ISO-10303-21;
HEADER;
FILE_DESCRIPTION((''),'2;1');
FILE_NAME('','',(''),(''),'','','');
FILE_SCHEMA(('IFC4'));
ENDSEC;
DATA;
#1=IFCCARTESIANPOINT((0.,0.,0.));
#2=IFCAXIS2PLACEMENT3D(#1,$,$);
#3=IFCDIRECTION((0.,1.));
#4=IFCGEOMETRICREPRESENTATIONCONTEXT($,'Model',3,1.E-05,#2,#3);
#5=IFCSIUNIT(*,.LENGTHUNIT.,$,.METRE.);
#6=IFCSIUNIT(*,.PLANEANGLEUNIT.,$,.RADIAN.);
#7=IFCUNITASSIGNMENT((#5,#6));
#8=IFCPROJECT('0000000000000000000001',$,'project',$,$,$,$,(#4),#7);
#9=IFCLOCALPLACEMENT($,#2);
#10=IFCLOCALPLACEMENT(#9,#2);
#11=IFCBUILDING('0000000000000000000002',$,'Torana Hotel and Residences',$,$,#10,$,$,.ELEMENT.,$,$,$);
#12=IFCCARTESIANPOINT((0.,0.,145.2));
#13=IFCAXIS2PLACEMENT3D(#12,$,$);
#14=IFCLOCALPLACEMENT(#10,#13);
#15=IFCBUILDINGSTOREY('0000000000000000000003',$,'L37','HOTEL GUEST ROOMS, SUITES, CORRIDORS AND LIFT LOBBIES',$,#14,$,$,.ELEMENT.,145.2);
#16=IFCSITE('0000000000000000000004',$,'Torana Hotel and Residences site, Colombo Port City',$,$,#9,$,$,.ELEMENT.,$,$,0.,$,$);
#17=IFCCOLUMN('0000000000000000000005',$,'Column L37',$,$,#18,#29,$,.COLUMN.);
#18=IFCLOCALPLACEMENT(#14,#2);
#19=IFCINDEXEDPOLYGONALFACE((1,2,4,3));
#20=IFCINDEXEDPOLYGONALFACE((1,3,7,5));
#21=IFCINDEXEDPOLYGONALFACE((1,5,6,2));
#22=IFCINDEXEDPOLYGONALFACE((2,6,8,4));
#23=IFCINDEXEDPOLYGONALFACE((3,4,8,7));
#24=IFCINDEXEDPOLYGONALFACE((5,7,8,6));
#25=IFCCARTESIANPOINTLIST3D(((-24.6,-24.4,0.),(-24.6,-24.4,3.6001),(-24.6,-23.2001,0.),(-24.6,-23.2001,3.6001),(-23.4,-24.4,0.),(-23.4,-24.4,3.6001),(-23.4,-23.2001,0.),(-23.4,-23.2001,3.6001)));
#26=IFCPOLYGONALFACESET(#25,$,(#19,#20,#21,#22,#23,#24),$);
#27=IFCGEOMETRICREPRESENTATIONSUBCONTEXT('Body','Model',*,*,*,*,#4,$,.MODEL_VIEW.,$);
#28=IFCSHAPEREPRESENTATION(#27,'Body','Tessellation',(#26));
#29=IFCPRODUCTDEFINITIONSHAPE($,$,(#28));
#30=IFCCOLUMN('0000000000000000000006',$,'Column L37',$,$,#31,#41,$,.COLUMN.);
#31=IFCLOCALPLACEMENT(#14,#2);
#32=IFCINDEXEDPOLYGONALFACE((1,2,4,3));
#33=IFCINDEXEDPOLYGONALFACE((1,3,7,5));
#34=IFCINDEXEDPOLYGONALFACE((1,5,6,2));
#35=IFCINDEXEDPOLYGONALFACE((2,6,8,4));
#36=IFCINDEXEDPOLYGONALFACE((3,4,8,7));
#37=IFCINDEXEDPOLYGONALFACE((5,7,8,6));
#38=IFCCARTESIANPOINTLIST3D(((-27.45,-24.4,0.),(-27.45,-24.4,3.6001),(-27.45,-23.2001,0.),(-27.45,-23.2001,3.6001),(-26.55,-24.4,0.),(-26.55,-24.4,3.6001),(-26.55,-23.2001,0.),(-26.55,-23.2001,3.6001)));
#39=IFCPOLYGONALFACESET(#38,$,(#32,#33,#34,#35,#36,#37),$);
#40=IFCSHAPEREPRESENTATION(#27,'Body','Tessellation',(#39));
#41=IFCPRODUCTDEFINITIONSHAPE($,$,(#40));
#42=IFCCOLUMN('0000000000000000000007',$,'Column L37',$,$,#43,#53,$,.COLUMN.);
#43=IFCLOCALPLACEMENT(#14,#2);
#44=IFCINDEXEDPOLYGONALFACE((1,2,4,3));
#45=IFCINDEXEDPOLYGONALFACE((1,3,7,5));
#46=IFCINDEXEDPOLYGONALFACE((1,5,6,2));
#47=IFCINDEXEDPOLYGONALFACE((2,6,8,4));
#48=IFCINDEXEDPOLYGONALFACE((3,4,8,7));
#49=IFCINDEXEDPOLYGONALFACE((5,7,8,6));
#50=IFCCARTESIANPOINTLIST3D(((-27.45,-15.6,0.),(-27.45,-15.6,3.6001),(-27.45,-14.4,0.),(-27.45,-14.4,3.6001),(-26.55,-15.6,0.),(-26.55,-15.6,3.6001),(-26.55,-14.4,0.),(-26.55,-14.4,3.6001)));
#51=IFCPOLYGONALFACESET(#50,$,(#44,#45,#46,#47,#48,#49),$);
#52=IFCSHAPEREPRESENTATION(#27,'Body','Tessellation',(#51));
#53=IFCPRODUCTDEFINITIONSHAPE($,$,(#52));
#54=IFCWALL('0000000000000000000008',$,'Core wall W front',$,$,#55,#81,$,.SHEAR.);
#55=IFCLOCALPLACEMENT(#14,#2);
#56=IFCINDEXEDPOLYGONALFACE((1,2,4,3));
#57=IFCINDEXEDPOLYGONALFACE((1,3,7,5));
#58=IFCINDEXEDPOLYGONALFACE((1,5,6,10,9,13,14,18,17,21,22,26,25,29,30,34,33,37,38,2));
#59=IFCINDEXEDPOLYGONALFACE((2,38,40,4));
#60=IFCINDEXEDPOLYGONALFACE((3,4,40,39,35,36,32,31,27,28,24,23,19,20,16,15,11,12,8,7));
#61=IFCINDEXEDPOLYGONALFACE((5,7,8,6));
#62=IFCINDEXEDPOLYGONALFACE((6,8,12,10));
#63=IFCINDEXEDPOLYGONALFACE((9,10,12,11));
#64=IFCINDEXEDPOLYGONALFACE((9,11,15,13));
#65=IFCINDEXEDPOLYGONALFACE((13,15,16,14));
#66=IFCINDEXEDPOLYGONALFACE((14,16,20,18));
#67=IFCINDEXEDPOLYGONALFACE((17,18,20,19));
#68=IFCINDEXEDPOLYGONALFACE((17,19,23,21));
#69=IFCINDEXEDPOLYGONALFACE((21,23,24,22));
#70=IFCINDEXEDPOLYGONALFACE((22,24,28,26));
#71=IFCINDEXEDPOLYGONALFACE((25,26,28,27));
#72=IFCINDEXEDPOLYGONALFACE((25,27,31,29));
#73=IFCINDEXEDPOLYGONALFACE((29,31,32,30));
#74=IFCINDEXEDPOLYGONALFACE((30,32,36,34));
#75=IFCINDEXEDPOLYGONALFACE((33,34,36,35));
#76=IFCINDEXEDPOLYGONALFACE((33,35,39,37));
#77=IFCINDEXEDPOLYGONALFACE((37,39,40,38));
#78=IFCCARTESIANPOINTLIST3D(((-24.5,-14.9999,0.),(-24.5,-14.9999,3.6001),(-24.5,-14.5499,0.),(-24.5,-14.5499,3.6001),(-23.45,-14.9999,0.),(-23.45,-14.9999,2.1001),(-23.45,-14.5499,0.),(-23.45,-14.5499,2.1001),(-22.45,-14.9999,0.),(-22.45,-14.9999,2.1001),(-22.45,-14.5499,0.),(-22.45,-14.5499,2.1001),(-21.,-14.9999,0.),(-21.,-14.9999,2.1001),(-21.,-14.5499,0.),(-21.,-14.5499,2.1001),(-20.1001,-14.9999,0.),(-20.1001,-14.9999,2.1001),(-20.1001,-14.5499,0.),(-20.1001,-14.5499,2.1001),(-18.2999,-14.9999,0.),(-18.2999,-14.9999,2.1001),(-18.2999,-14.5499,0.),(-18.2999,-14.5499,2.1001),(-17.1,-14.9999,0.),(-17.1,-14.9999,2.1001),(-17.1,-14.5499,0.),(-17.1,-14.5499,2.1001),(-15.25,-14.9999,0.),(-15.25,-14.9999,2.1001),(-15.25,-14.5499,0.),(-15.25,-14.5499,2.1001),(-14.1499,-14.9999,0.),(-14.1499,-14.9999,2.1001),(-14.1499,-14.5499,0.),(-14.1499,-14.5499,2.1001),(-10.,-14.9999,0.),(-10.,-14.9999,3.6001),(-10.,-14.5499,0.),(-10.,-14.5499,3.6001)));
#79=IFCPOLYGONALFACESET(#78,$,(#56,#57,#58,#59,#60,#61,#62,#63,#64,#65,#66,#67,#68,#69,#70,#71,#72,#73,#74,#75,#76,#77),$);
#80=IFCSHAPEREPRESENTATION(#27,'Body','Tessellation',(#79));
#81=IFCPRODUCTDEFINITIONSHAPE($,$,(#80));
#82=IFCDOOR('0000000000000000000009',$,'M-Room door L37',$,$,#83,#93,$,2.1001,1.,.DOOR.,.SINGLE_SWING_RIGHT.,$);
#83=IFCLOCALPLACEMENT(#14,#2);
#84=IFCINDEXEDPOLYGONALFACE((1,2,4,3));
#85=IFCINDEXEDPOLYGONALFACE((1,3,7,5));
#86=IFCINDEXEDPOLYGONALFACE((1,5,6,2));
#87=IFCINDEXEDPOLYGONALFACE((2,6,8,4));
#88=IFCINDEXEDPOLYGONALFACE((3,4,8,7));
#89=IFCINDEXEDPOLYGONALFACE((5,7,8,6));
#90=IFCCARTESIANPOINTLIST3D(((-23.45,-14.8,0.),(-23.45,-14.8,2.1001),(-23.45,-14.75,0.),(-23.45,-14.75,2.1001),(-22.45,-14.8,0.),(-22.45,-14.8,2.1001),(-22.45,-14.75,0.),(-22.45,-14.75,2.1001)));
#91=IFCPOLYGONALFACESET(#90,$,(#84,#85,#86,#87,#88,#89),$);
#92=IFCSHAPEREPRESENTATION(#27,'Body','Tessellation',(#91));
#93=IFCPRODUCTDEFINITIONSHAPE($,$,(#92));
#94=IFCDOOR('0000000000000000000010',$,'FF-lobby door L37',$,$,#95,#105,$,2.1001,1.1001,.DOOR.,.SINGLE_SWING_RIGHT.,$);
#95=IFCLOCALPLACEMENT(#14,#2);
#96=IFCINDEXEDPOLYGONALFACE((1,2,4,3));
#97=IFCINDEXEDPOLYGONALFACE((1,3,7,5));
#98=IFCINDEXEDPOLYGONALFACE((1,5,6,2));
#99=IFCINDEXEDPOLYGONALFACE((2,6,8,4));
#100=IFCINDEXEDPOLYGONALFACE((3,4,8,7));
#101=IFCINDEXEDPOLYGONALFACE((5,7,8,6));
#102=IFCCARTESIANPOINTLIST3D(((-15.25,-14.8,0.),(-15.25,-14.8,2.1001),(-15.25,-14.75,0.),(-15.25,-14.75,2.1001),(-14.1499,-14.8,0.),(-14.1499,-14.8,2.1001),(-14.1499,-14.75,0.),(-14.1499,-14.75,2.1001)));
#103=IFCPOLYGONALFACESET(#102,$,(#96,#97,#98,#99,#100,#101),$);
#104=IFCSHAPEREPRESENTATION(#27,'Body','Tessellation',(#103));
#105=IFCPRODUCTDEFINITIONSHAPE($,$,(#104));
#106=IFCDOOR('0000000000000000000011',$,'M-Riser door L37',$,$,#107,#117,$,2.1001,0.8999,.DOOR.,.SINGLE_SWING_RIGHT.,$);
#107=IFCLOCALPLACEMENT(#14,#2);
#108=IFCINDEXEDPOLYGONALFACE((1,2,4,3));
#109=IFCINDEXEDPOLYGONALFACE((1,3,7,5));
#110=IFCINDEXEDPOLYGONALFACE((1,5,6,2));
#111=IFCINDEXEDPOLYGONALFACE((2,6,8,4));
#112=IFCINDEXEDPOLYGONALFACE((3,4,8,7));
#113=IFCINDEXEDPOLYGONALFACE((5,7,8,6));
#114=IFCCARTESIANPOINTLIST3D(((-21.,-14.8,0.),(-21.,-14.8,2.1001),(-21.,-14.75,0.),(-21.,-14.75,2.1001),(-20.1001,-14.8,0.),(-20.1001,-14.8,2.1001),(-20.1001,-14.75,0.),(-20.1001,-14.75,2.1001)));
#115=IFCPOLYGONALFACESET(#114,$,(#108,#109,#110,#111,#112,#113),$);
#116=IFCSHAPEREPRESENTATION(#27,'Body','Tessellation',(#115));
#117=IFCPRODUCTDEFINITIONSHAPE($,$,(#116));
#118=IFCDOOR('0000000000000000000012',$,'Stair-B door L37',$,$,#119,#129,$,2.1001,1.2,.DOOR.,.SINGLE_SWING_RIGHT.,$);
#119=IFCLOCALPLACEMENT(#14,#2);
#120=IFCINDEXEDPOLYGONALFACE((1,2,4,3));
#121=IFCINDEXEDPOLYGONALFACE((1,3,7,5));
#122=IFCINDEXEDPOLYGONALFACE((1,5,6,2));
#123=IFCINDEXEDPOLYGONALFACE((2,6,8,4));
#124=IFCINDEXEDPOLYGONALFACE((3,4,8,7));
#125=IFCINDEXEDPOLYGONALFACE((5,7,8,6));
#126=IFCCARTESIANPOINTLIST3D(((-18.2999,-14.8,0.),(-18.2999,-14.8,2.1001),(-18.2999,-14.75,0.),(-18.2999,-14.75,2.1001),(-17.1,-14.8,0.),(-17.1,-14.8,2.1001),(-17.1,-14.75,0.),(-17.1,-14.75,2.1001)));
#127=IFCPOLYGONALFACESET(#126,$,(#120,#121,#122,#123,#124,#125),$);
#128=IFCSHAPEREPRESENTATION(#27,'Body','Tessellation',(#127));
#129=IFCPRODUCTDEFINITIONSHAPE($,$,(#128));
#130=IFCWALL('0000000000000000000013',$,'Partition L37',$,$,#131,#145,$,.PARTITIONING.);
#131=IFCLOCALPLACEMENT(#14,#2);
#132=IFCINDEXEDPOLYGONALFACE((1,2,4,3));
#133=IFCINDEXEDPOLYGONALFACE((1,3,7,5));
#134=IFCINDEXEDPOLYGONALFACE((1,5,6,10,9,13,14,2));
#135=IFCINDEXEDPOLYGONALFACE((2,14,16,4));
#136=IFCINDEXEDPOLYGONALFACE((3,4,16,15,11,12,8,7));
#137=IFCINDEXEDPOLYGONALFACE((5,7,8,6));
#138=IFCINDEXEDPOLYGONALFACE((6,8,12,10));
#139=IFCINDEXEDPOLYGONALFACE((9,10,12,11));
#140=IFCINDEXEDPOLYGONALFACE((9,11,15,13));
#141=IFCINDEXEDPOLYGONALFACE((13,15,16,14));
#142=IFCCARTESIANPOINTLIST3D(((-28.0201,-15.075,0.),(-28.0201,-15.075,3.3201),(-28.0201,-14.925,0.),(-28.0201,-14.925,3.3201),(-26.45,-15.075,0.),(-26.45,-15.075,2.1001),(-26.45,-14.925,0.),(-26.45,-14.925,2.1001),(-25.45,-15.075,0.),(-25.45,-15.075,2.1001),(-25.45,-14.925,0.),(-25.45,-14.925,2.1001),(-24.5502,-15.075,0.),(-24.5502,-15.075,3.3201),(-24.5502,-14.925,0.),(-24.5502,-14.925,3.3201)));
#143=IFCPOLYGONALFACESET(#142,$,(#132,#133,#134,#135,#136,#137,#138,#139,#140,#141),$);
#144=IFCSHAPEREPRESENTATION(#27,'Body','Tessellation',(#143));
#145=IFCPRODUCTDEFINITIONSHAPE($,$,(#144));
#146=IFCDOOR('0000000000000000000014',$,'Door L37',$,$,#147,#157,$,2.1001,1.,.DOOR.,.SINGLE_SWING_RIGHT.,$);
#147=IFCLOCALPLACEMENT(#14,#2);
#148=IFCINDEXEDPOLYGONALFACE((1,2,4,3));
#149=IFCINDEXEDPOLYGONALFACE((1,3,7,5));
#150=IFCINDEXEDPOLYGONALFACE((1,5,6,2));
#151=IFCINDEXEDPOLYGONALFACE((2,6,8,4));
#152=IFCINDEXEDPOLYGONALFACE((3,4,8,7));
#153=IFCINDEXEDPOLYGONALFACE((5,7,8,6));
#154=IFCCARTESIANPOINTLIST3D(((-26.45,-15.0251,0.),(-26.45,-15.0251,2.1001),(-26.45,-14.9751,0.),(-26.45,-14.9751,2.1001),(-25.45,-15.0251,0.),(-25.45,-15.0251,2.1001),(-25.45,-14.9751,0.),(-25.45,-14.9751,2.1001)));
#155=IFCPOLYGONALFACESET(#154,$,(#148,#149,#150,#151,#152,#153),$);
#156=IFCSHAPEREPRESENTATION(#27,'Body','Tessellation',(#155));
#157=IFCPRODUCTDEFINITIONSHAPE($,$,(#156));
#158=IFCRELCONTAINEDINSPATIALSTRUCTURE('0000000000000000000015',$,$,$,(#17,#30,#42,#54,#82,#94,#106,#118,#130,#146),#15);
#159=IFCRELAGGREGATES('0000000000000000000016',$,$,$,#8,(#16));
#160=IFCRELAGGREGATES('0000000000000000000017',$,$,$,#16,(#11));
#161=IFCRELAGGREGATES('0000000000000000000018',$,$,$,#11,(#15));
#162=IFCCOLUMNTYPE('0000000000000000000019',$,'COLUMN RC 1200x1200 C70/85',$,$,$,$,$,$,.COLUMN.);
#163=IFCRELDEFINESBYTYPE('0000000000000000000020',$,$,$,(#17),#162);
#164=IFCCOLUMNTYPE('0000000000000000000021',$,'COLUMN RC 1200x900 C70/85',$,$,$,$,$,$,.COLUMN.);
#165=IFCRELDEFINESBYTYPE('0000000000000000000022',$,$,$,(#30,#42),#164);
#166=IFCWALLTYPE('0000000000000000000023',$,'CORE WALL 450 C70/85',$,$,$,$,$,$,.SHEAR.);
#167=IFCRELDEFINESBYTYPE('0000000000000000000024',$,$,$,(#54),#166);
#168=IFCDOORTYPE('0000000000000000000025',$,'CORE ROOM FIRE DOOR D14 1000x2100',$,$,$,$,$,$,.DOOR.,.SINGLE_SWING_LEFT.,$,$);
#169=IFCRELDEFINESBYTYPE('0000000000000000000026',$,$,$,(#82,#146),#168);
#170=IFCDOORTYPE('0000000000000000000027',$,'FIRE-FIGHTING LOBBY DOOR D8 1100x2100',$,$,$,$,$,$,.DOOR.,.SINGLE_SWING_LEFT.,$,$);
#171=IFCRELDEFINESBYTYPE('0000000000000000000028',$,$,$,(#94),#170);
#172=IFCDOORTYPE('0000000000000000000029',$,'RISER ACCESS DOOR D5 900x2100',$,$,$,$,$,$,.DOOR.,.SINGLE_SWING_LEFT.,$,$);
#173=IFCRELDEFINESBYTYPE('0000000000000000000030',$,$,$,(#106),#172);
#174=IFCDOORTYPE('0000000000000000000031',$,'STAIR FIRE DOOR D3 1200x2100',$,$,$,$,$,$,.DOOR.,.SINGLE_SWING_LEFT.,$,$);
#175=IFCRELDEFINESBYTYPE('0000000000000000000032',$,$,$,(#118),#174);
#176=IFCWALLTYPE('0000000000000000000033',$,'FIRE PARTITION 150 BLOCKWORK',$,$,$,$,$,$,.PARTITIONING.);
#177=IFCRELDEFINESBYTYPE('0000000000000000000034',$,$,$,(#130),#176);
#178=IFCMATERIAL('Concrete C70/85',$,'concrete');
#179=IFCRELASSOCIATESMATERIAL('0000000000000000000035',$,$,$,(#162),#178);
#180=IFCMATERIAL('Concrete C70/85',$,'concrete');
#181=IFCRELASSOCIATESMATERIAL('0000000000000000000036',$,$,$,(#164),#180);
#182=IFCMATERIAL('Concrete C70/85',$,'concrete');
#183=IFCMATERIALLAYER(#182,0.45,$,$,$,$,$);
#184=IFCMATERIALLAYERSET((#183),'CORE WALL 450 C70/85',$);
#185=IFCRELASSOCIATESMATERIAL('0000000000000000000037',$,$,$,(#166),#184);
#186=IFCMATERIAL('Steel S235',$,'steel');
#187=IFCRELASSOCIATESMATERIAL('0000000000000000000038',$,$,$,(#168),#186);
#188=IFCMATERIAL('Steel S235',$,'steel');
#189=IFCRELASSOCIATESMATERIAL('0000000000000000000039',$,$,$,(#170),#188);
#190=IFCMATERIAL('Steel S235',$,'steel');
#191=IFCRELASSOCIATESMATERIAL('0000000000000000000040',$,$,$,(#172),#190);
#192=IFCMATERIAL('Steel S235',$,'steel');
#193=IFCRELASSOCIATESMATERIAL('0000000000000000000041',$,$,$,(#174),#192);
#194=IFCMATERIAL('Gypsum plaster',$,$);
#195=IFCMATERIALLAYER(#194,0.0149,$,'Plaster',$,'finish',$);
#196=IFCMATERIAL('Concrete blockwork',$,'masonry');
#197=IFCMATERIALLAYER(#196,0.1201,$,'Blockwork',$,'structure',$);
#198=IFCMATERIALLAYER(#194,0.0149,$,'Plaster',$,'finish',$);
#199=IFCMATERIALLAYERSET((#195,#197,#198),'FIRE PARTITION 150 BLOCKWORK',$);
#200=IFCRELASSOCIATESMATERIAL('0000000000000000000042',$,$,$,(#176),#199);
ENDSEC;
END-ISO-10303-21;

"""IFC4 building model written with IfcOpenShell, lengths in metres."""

from ifc_helpers import new_model, si_unit, direction, frame, frame_2d, origin, origin_2d, place, context, subcontext, project, spatial, rectangle, extrude, material, layer, layer_set, material_profile, profile_set, type_object, element, fill, save


model = new_model("IFC4")

# Units and contexts
model_context = context("Model", 3, precision=1e-05, world=origin(), true_north=direction((0.0, 1.0)))
body_context = subcontext(model_context, "Body", "Model", "MODEL_VIEW")
ifc_project = project(units=[si_unit("LENGTHUNIT", "METRE"), si_unit("PLANEANGLEUNIT", "RADIAN")], contexts=[model_context])

# Site, building, storey
site_placement = place(None, origin())
site = spatial("IfcSite", under=ifc_project, at=site_placement, Name="Torana Hotel and Residences site, Colombo Port City", CompositionType="ELEMENT", RefElevation=0.0)
building_placement = place(site_placement, origin())
building = spatial("IfcBuilding", under=site, at=building_placement, Name="Torana Hotel and Residences", CompositionType="ELEMENT")
storey_placement = place(building_placement, frame((0.0, 0.0, 145.2)))
storey = spatial("IfcBuildingStorey", under=building, at=storey_placement, Name="L37", Description="HOTEL GUEST ROOMS, SUITES, CORRIDORS AND LIFT LOBBIES", CompositionType="ELEMENT", Elevation=145.2)

# Columns
ifc_material_1 = material(Name="Concrete C70/85", Category="concrete")
ifc_material_profile_1 = material_profile(ifc_material_1, rectangle(XDim=1.2, YDim=1.2, at=origin_2d()), Name="RC 1200x1200")
ifc_profile_set_1 = profile_set([ifc_material_profile_1], Name="Concrete C70/85")
column_type_1 = type_object("IfcColumnType", Name="COLUMN RC 1200x1200 C70/85", PredefinedType="COLUMN", material=ifc_profile_set_1)
column_placement = place(storey_placement, frame((-24.0, -23.8, 0.0), z_axis=(0.0, 0.0, 1.0), x_axis=(1.0, 0.0, 0.0)))
element("IfcColumn", 1, at=column_placement, inside=storey, type_object=column_type_1, Name="Column L37", PredefinedType="COLUMN", context=body_context, shape_type="SweptSolid", body=[
    extrude(rectangle(XDim=1.2, YDim=1.2, at=origin_2d()), origin(), (0.0, 0.0, 1.0), 3.6001),
])
ifc_material_2 = material(Name="Concrete C70/85", Category="concrete")
ifc_material_profile_2 = material_profile(ifc_material_2, rectangle(XDim=1.2, YDim=0.8999, at=origin_2d()), Name="RC 1200x900")
ifc_profile_set_2 = profile_set([ifc_material_profile_2], Name="Concrete C70/85")
column_type_2 = type_object("IfcColumnType", Name="COLUMN RC 1200x900 C70/85", PredefinedType="COLUMN", material=ifc_profile_set_2)
for number, where, z_axis, x_axis, name in (
    (2, (-27.0, -23.8, 0.0), (0.0, 0.0, 1.0), (0.0, 1.0, 0.0), "Column L37"),
    (3, (-27.0, -15.0, 0.0), (0.0, 0.0, 1.0), (0.0, 1.0, 0.0), "Column L37"),
):
    element("IfcColumn", number, at=place(storey_placement, frame(where, z_axis=z_axis, x_axis=x_axis)), inside=storey, type_object=column_type_2, Name=name, PredefinedType="COLUMN", context=body_context, shape_type="SweptSolid", body=[
        extrude(rectangle(XDim=1.2, YDim=0.8999, at=origin_2d()), origin(), (0.0, 0.0, 1.0), 3.6001),
    ])

# Wall, openings, doors
ifc_material_3 = material(Name="Concrete C70/85", Category="concrete")
ifc_layer_1 = layer(ifc_material_3, 0.45)
ifc_layer_set_1 = layer_set([ifc_layer_1], Name="CORE WALL 450 C70/85")
wall_type_1 = type_object("IfcWallType", Name="CORE WALL 450 C70/85", PredefinedType="SHEAR", material=ifc_layer_set_1)
wall_1_placement = place(storey_placement, frame((-24.5, -14.7749, 0.0), z_axis=(0.0, 0.0, 1.0), x_axis=(1.0, 0.0, 0.0)))
wall_1 = element("IfcWall", 4, at=wall_1_placement, inside=storey, type_object=wall_type_1, Name="Core wall W front", PredefinedType="SHEAR", context=body_context, shape_type="SweptSolid", body=[
    extrude(rectangle(XDim=14.5, YDim=0.45, at=frame_2d((7.25, 0.0))), origin(), (0.0, 0.0, 1.0), 3.6001),
])
opening_1_placement = place(wall_1_placement, frame((6.2, 0.0, 0.0)))
opening_1 = element("IfcOpeningElement", 5, at=opening_1_placement, cuts=wall_1, PredefinedType="OPENING", context=body_context, shape_type="SweptSolid", body=[
    extrude(rectangle(XDim=1.2, YDim=2.1001, at=frame_2d((0.6001, 1.05))), frame((0.0, 0.2349, 0.0), z_axis=(0.0, -1.0, 0.0), x_axis=(1.0, 0.0, 0.0)), (0.0, 0.0, 1.0), 0.47),
])
opening_2_placement = place(wall_1_placement, frame((9.25, 0.0, 0.0)))
opening_2 = element("IfcOpeningElement", 6, at=opening_2_placement, cuts=wall_1, PredefinedType="OPENING", context=body_context, shape_type="SweptSolid", body=[
    extrude(rectangle(XDim=1.1001, YDim=2.1001, at=frame_2d((0.55, 1.05))), frame((0.0, 0.2349, 0.0), z_axis=(0.0, -1.0, 0.0), x_axis=(1.0, 0.0, 0.0)), (0.0, 0.0, 1.0), 0.47),
])
opening_3_placement = place(wall_1_placement, frame((3.5, 0.0, 0.0)))
opening_3 = element("IfcOpeningElement", 7, at=opening_3_placement, cuts=wall_1, PredefinedType="OPENING", context=body_context, shape_type="SweptSolid", body=[
    extrude(rectangle(XDim=0.8999, YDim=2.1001, at=frame_2d((0.45, 1.05))), frame((0.0, 0.2349, 0.0), z_axis=(0.0, -1.0, 0.0), x_axis=(1.0, 0.0, 0.0)), (0.0, 0.0, 1.0), 0.47),
])
opening_4_placement = place(wall_1_placement, frame((1.05, 0.0, 0.0)))
opening_4 = element("IfcOpeningElement", 8, at=opening_4_placement, cuts=wall_1, PredefinedType="OPENING", context=body_context, shape_type="SweptSolid", body=[
    extrude(rectangle(XDim=1.0, YDim=2.1001, at=frame_2d((0.5, 1.05))), frame((0.0, 0.2349, 0.0), z_axis=(0.0, -1.0, 0.0), x_axis=(1.0, 0.0, 0.0)), (0.0, 0.0, 1.0), 0.47),
])
ifc_material_4 = material(Name="Steel S235", Category="steel")
door_type_1 = type_object("IfcDoorType", Name="CORE ROOM FIRE DOOR D14 1000x2100", OperationType="SINGLE_SWING_LEFT", PredefinedType="DOOR", material=ifc_material_4)
door_1_placement = place(opening_4_placement, origin())
door_1 = element("IfcDoor", 9, at=door_1_placement, inside=storey, type_object=door_type_1, Name="M-Room door L37", OperationType="SINGLE_SWING_RIGHT", OverallHeight=2.1001, OverallWidth=1.0, PredefinedType="DOOR", context=body_context, shape_type="SweptSolid", body=[
    extrude(rectangle(XDim=1.0, YDim=2.1001, at=frame_2d((0.5, 1.05))), frame((0.0, 0.0249, 0.0), z_axis=(0.0, -1.0, 0.0), x_axis=(1.0, 0.0, 0.0)), (0.0, 0.0, 1.0), 0.05),
])
fill(opening_4, door_1)
ifc_material_5 = material(Name="Steel S235", Category="steel")
door_type_2 = type_object("IfcDoorType", Name="FIRE-FIGHTING LOBBY DOOR D8 1100x2100", OperationType="SINGLE_SWING_LEFT", PredefinedType="DOOR", material=ifc_material_5)
door_2_placement = place(opening_2_placement, origin())
door_2 = element("IfcDoor", 10, at=door_2_placement, inside=storey, type_object=door_type_2, Name="FF-lobby door L37", OperationType="SINGLE_SWING_RIGHT", OverallHeight=2.1001, OverallWidth=1.1001, PredefinedType="DOOR", context=body_context, shape_type="SweptSolid", body=[
    extrude(rectangle(XDim=1.1001, YDim=2.1001, at=frame_2d((0.55, 1.05))), frame((0.0, 0.0249, 0.0), z_axis=(0.0, -1.0, 0.0), x_axis=(1.0, 0.0, 0.0)), (0.0, 0.0, 1.0), 0.05),
])
fill(opening_2, door_2)
ifc_material_6 = material(Name="Steel S235", Category="steel")
door_type_3 = type_object("IfcDoorType", Name="RISER ACCESS DOOR D5 900x2100", OperationType="SINGLE_SWING_LEFT", PredefinedType="DOOR", material=ifc_material_6)
door_3_placement = place(opening_3_placement, origin())
door_3 = element("IfcDoor", 11, at=door_3_placement, inside=storey, type_object=door_type_3, Name="M-Riser door L37", OperationType="SINGLE_SWING_RIGHT", OverallHeight=2.1001, OverallWidth=0.8999, PredefinedType="DOOR", context=body_context, shape_type="SweptSolid", body=[
    extrude(rectangle(XDim=0.8999, YDim=2.1001, at=frame_2d((0.45, 1.05))), frame((0.0, 0.0249, 0.0), z_axis=(0.0, -1.0, 0.0), x_axis=(1.0, 0.0, 0.0)), (0.0, 0.0, 1.0), 0.05),
])
fill(opening_3, door_3)
ifc_material_7 = material(Name="Steel S235", Category="steel")
door_type_4 = type_object("IfcDoorType", Name="STAIR FIRE DOOR D3 1200x2100", OperationType="SINGLE_SWING_LEFT", PredefinedType="DOOR", material=ifc_material_7)
door_4_placement = place(opening_1_placement, origin())
door_4 = element("IfcDoor", 12, at=door_4_placement, inside=storey, type_object=door_type_4, Name="Stair-B door L37", OperationType="SINGLE_SWING_RIGHT", OverallHeight=2.1001, OverallWidth=1.2, PredefinedType="DOOR", context=body_context, shape_type="SweptSolid", body=[
    extrude(rectangle(XDim=1.2, YDim=2.1001, at=frame_2d((0.6001, 1.05))), frame((0.0, 0.0249, 0.0), z_axis=(0.0, -1.0, 0.0), x_axis=(1.0, 0.0, 0.0)), (0.0, 0.0, 1.0), 0.05),
])
fill(opening_1, door_4)

# Wall, opening, door
ifc_material_8 = material(Name="Gypsum plaster")
ifc_layer_2 = layer(ifc_material_8, 0.0149, Name="Plaster", Category="finish")
ifc_material_9 = material(Name="Concrete blockwork", Category="masonry")
ifc_layer_3 = layer(ifc_material_9, 0.1201, Name="Blockwork", Category="structure")
ifc_layer_4 = layer(ifc_material_8, 0.0149, Name="Plaster", Category="finish")
ifc_layer_set_2 = layer_set([ifc_layer_2, ifc_layer_3, ifc_layer_4], Name="FIRE PARTITION 150 BLOCKWORK")
wall_type_2 = type_object("IfcWallType", Name="FIRE PARTITION 150 BLOCKWORK", PredefinedType="PARTITIONING", material=ifc_layer_set_2)
wall_2_placement = place(storey_placement, frame((-28.02, -15.0, 0.0), z_axis=(0.0, 0.0, 1.0), x_axis=(1.0, 0.0, 0.0)))
wall_2 = element("IfcWall", 13, at=wall_2_placement, inside=storey, type_object=wall_type_2, Name="Partition L37", PredefinedType="PARTITIONING", context=body_context, shape_type="SweptSolid", body=[
    extrude(rectangle(XDim=3.47, YDim=0.1499, at=frame_2d((1.7349, 0.0))), origin(), (0.0, 0.0, 1.0), 3.3201),
])
opening_5_placement = place(wall_2_placement, frame((1.5701, 0.0, 0.0)))
opening_5 = element("IfcOpeningElement", 14, at=opening_5_placement, cuts=wall_2, PredefinedType="OPENING", context=body_context, shape_type="SweptSolid", body=[
    extrude(rectangle(XDim=1.0, YDim=2.1001, at=frame_2d((0.5, 1.05))), frame((0.0, 0.085, 0.0), z_axis=(0.0, -1.0, 0.0), x_axis=(1.0, 0.0, 0.0)), (0.0, 0.0, 1.0), 0.1699),
])
door_5_placement = place(opening_5_placement, origin())
door_5 = element("IfcDoor", 15, at=door_5_placement, inside=storey, type_object=door_type_1, Name="Door L37", OperationType="SINGLE_SWING_RIGHT", OverallHeight=2.1001, OverallWidth=1.0, PredefinedType="DOOR", context=body_context, shape_type="SweptSolid", body=[
    extrude(rectangle(XDim=1.0, YDim=2.1001, at=frame_2d((0.5, 1.05))), frame((0.0, 0.0249, 0.0), z_axis=(0.0, -1.0, 0.0), x_axis=(1.0, 0.0, 0.0)), (0.0, 0.0, 1.0), 0.05),
])
fill(opening_5, door_5)

save(model, "model.ifc")
